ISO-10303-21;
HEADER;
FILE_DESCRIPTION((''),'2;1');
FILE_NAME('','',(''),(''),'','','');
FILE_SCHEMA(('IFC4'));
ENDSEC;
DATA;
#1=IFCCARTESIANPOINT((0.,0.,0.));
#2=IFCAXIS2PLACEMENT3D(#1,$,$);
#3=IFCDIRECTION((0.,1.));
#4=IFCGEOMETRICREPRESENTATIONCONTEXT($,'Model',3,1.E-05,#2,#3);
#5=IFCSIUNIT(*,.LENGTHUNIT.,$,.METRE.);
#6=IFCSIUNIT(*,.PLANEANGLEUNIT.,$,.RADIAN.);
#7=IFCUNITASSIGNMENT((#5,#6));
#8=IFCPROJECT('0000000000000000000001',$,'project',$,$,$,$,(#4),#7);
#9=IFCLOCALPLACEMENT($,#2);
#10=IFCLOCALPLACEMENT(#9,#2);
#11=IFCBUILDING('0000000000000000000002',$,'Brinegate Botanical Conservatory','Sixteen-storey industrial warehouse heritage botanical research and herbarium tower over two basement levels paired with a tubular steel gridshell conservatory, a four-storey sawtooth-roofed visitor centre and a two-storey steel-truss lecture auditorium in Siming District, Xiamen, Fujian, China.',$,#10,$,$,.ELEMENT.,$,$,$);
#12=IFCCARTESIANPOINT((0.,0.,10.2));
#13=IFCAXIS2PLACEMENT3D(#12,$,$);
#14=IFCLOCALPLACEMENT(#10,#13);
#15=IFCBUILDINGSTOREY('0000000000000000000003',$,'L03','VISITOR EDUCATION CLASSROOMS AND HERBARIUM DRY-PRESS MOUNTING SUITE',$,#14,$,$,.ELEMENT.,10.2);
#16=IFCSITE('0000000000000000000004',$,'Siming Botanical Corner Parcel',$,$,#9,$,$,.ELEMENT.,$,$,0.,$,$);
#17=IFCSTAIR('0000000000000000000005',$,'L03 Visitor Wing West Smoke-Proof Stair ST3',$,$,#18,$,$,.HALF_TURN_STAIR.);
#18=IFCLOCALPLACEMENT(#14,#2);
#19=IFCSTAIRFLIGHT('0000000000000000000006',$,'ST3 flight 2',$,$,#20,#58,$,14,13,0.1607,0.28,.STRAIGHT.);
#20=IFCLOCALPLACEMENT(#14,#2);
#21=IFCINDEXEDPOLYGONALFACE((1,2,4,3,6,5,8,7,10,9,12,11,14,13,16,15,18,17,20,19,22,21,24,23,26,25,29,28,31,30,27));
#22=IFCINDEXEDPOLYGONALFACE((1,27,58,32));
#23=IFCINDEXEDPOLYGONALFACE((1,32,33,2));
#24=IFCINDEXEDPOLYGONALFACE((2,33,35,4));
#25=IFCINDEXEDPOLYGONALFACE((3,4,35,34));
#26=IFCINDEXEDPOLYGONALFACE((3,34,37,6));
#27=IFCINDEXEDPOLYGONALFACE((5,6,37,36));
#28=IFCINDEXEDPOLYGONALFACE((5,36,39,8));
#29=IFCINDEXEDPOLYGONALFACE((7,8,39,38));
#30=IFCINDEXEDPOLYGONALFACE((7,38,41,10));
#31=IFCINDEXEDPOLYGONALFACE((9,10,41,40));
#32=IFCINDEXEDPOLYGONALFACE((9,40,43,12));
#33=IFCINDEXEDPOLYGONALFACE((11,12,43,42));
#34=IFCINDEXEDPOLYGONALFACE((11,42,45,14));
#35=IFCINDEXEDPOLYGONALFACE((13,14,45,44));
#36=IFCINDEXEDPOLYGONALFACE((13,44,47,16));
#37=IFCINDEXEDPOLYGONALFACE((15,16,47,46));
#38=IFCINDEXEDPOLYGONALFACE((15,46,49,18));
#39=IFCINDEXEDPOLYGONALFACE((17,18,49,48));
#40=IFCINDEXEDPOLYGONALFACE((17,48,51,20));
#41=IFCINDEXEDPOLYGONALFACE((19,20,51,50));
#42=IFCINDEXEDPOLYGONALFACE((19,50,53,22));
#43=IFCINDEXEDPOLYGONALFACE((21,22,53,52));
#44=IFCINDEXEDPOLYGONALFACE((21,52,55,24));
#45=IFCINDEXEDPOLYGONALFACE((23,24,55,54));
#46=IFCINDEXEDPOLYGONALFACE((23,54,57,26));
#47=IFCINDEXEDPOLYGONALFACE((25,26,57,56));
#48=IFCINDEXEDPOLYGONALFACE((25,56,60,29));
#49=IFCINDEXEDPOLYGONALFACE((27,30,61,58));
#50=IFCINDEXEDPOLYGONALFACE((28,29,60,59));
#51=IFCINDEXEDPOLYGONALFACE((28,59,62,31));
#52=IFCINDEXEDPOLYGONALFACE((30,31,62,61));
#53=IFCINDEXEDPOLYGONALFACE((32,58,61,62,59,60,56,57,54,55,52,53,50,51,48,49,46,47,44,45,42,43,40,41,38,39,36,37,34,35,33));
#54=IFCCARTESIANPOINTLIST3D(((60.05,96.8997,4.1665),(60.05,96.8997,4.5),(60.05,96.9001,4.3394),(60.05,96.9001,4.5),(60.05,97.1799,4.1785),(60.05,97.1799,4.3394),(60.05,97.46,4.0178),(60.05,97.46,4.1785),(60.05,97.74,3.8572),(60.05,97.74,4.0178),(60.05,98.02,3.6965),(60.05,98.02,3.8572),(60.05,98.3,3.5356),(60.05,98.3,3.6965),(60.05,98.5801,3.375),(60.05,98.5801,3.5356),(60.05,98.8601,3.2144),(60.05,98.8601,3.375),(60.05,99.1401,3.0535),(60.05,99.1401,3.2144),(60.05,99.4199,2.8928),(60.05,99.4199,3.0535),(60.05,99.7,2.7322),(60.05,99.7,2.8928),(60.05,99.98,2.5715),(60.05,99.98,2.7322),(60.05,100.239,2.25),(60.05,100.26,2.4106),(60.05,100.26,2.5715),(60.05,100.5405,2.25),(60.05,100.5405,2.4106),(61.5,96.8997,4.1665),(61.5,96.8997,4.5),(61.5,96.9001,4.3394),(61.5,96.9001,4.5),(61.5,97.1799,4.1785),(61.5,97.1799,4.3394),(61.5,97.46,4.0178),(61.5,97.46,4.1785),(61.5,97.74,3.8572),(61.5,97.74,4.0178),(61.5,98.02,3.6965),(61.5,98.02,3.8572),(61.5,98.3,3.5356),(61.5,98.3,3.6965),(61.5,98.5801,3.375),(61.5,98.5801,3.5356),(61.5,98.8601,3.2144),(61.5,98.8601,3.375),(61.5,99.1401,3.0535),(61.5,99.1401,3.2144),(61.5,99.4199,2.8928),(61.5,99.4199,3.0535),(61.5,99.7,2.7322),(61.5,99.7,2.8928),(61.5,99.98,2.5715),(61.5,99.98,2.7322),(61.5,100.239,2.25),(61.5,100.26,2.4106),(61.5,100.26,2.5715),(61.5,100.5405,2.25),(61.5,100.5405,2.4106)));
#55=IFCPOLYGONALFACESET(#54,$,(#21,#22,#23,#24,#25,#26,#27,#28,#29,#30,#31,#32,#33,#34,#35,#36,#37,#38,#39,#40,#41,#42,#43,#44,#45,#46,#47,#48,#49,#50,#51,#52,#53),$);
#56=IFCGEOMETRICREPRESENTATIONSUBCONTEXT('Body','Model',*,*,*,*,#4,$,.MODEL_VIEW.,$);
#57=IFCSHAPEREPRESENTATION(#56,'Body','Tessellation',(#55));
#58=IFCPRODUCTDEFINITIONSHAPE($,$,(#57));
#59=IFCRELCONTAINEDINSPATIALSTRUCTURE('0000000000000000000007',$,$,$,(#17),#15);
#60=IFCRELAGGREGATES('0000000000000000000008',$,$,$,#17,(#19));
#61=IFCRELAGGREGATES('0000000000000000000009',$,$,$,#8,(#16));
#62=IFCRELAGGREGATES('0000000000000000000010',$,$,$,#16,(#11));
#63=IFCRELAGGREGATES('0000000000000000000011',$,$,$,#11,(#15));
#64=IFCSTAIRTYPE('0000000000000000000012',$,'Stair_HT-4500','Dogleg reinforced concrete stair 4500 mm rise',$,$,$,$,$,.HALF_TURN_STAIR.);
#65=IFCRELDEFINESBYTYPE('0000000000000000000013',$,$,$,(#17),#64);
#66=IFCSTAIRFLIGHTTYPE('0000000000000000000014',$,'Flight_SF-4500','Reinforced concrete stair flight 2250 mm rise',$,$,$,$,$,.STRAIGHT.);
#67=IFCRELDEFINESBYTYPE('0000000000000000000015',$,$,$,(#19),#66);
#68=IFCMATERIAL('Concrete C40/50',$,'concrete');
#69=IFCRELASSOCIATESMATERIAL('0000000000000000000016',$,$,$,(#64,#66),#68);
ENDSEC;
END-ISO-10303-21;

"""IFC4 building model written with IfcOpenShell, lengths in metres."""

from ifc_helpers import new_model, si_unit, direction, frame, origin, place, context, subcontext, project, spatial, polyline, outline, extrude, material, type_object, element, aggregate, save


model = new_model("IFC4")

# Units and contexts
model_context = context("Model", 3, precision=1e-05, world=origin(), true_north=direction((0.0, 1.0)))
body_context = subcontext(model_context, "Body", "Model", "MODEL_VIEW")
ifc_project = project(units=[si_unit("LENGTHUNIT", "METRE"), si_unit("PLANEANGLEUNIT", "RADIAN")], contexts=[model_context])

# Site, building, storey
site_placement = place(None, origin())
site = spatial("IfcSite", under=ifc_project, at=site_placement, Name="Siming Botanical Corner Parcel", CompositionType="ELEMENT", RefElevation=0.0)
building_placement = place(site_placement, origin())
building = spatial("IfcBuilding", under=site, at=building_placement, Name="Brinegate Botanical Conservatory", Description="Sixteen-storey industrial warehouse heritage botanical research and herbarium tower over two basement levels paired with a tubular steel gridshell conservatory, a four-storey sawtooth-roofed visitor centre and a two-storey steel-truss lecture auditorium in Siming District, Xiamen, Fujian, China.", CompositionType="ELEMENT")
storey_placement = place(building_placement, frame((0.0, 0.0, 10.2)))
storey = spatial("IfcBuildingStorey", under=building, at=storey_placement, Name="L03", Description="VISITOR EDUCATION CLASSROOMS AND HERBARIUM DRY-PRESS MOUNTING SUITE", CompositionType="ELEMENT", Elevation=10.2)

# Shared definitions
ifc_material_1 = material(Name="Concrete C40/50", Category="concrete")

# Stair, stair flight
stair_type = type_object("IfcStairType", Name="Stair_HT-4500", Description="Dogleg reinforced concrete stair 4500 mm rise", PredefinedType="HALF_TURN_STAIR", material=ifc_material_1)
stair_placement = place(storey_placement, origin())
stair = element("IfcStair", 1, at=stair_placement, inside=storey, type_object=stair_type, Name="L03 Visitor Wing West Smoke-Proof Stair ST3", PredefinedType="HALF_TURN_STAIR")
stair_flight_type = type_object("IfcStairFlightType", Name="Flight_SF-4500", Description="Reinforced concrete stair flight 2250 mm rise", PredefinedType="STRAIGHT", material=ifc_material_1)
stair_flight_1_placement = place(storey_placement, frame((60.7749, 100.54, 2.25), z_axis=(0.0, 0.0, 1.0), x_axis=(0.0, -1.0, 0.0)))
stair_flight_1 = element("IfcStairFlight", 2, at=stair_flight_1_placement, type_object=stair_flight_type, Name="ST3 flight 2", NumberOfRisers=14, NumberOfTreads=13, PredefinedType="STRAIGHT", RiserHeight=0.1607, TreadLength=0.28, context=body_context, shape_type="SweptSolid", body=[
    extrude(outline(polyline([(-0.0005, 0.0), (-0.0005, 0.1606), (0.28, 0.1606), (0.28, 0.3215), (0.5601, 0.3215), (0.5601, 0.4822), (0.8401, 0.4822), (0.8401, 0.6428), (1.1201, 0.6428), (1.1201, 0.8035), (1.3999, 0.8035), (1.3999, 0.9644), (1.6799, 0.9644), (1.6799, 1.125), (1.96, 1.125), (1.96, 1.2856), (2.24, 1.2856), (2.24, 1.4465), (2.52, 1.4465), (2.52, 1.6072), (2.8, 1.6072), (2.8, 1.7678), (3.0801, 1.7678), (3.0801, 1.9285), (3.3601, 1.9285), (3.3601, 2.0894), (3.6399, 2.0894), (3.6399, 2.25), (3.6404, 2.25), (3.6404, 1.9165), (0.301, 0.0), (-0.0005, 0.0)])), frame((0.0, 0.7251, 0.0), z_axis=(0.0, -1.0, 0.0), x_axis=(1.0, 0.0, 0.0)), (0.0, 0.0, 1.0), 1.45),
])
aggregate(stair, [stair_flight_1])

save(model, "model.ifc")
